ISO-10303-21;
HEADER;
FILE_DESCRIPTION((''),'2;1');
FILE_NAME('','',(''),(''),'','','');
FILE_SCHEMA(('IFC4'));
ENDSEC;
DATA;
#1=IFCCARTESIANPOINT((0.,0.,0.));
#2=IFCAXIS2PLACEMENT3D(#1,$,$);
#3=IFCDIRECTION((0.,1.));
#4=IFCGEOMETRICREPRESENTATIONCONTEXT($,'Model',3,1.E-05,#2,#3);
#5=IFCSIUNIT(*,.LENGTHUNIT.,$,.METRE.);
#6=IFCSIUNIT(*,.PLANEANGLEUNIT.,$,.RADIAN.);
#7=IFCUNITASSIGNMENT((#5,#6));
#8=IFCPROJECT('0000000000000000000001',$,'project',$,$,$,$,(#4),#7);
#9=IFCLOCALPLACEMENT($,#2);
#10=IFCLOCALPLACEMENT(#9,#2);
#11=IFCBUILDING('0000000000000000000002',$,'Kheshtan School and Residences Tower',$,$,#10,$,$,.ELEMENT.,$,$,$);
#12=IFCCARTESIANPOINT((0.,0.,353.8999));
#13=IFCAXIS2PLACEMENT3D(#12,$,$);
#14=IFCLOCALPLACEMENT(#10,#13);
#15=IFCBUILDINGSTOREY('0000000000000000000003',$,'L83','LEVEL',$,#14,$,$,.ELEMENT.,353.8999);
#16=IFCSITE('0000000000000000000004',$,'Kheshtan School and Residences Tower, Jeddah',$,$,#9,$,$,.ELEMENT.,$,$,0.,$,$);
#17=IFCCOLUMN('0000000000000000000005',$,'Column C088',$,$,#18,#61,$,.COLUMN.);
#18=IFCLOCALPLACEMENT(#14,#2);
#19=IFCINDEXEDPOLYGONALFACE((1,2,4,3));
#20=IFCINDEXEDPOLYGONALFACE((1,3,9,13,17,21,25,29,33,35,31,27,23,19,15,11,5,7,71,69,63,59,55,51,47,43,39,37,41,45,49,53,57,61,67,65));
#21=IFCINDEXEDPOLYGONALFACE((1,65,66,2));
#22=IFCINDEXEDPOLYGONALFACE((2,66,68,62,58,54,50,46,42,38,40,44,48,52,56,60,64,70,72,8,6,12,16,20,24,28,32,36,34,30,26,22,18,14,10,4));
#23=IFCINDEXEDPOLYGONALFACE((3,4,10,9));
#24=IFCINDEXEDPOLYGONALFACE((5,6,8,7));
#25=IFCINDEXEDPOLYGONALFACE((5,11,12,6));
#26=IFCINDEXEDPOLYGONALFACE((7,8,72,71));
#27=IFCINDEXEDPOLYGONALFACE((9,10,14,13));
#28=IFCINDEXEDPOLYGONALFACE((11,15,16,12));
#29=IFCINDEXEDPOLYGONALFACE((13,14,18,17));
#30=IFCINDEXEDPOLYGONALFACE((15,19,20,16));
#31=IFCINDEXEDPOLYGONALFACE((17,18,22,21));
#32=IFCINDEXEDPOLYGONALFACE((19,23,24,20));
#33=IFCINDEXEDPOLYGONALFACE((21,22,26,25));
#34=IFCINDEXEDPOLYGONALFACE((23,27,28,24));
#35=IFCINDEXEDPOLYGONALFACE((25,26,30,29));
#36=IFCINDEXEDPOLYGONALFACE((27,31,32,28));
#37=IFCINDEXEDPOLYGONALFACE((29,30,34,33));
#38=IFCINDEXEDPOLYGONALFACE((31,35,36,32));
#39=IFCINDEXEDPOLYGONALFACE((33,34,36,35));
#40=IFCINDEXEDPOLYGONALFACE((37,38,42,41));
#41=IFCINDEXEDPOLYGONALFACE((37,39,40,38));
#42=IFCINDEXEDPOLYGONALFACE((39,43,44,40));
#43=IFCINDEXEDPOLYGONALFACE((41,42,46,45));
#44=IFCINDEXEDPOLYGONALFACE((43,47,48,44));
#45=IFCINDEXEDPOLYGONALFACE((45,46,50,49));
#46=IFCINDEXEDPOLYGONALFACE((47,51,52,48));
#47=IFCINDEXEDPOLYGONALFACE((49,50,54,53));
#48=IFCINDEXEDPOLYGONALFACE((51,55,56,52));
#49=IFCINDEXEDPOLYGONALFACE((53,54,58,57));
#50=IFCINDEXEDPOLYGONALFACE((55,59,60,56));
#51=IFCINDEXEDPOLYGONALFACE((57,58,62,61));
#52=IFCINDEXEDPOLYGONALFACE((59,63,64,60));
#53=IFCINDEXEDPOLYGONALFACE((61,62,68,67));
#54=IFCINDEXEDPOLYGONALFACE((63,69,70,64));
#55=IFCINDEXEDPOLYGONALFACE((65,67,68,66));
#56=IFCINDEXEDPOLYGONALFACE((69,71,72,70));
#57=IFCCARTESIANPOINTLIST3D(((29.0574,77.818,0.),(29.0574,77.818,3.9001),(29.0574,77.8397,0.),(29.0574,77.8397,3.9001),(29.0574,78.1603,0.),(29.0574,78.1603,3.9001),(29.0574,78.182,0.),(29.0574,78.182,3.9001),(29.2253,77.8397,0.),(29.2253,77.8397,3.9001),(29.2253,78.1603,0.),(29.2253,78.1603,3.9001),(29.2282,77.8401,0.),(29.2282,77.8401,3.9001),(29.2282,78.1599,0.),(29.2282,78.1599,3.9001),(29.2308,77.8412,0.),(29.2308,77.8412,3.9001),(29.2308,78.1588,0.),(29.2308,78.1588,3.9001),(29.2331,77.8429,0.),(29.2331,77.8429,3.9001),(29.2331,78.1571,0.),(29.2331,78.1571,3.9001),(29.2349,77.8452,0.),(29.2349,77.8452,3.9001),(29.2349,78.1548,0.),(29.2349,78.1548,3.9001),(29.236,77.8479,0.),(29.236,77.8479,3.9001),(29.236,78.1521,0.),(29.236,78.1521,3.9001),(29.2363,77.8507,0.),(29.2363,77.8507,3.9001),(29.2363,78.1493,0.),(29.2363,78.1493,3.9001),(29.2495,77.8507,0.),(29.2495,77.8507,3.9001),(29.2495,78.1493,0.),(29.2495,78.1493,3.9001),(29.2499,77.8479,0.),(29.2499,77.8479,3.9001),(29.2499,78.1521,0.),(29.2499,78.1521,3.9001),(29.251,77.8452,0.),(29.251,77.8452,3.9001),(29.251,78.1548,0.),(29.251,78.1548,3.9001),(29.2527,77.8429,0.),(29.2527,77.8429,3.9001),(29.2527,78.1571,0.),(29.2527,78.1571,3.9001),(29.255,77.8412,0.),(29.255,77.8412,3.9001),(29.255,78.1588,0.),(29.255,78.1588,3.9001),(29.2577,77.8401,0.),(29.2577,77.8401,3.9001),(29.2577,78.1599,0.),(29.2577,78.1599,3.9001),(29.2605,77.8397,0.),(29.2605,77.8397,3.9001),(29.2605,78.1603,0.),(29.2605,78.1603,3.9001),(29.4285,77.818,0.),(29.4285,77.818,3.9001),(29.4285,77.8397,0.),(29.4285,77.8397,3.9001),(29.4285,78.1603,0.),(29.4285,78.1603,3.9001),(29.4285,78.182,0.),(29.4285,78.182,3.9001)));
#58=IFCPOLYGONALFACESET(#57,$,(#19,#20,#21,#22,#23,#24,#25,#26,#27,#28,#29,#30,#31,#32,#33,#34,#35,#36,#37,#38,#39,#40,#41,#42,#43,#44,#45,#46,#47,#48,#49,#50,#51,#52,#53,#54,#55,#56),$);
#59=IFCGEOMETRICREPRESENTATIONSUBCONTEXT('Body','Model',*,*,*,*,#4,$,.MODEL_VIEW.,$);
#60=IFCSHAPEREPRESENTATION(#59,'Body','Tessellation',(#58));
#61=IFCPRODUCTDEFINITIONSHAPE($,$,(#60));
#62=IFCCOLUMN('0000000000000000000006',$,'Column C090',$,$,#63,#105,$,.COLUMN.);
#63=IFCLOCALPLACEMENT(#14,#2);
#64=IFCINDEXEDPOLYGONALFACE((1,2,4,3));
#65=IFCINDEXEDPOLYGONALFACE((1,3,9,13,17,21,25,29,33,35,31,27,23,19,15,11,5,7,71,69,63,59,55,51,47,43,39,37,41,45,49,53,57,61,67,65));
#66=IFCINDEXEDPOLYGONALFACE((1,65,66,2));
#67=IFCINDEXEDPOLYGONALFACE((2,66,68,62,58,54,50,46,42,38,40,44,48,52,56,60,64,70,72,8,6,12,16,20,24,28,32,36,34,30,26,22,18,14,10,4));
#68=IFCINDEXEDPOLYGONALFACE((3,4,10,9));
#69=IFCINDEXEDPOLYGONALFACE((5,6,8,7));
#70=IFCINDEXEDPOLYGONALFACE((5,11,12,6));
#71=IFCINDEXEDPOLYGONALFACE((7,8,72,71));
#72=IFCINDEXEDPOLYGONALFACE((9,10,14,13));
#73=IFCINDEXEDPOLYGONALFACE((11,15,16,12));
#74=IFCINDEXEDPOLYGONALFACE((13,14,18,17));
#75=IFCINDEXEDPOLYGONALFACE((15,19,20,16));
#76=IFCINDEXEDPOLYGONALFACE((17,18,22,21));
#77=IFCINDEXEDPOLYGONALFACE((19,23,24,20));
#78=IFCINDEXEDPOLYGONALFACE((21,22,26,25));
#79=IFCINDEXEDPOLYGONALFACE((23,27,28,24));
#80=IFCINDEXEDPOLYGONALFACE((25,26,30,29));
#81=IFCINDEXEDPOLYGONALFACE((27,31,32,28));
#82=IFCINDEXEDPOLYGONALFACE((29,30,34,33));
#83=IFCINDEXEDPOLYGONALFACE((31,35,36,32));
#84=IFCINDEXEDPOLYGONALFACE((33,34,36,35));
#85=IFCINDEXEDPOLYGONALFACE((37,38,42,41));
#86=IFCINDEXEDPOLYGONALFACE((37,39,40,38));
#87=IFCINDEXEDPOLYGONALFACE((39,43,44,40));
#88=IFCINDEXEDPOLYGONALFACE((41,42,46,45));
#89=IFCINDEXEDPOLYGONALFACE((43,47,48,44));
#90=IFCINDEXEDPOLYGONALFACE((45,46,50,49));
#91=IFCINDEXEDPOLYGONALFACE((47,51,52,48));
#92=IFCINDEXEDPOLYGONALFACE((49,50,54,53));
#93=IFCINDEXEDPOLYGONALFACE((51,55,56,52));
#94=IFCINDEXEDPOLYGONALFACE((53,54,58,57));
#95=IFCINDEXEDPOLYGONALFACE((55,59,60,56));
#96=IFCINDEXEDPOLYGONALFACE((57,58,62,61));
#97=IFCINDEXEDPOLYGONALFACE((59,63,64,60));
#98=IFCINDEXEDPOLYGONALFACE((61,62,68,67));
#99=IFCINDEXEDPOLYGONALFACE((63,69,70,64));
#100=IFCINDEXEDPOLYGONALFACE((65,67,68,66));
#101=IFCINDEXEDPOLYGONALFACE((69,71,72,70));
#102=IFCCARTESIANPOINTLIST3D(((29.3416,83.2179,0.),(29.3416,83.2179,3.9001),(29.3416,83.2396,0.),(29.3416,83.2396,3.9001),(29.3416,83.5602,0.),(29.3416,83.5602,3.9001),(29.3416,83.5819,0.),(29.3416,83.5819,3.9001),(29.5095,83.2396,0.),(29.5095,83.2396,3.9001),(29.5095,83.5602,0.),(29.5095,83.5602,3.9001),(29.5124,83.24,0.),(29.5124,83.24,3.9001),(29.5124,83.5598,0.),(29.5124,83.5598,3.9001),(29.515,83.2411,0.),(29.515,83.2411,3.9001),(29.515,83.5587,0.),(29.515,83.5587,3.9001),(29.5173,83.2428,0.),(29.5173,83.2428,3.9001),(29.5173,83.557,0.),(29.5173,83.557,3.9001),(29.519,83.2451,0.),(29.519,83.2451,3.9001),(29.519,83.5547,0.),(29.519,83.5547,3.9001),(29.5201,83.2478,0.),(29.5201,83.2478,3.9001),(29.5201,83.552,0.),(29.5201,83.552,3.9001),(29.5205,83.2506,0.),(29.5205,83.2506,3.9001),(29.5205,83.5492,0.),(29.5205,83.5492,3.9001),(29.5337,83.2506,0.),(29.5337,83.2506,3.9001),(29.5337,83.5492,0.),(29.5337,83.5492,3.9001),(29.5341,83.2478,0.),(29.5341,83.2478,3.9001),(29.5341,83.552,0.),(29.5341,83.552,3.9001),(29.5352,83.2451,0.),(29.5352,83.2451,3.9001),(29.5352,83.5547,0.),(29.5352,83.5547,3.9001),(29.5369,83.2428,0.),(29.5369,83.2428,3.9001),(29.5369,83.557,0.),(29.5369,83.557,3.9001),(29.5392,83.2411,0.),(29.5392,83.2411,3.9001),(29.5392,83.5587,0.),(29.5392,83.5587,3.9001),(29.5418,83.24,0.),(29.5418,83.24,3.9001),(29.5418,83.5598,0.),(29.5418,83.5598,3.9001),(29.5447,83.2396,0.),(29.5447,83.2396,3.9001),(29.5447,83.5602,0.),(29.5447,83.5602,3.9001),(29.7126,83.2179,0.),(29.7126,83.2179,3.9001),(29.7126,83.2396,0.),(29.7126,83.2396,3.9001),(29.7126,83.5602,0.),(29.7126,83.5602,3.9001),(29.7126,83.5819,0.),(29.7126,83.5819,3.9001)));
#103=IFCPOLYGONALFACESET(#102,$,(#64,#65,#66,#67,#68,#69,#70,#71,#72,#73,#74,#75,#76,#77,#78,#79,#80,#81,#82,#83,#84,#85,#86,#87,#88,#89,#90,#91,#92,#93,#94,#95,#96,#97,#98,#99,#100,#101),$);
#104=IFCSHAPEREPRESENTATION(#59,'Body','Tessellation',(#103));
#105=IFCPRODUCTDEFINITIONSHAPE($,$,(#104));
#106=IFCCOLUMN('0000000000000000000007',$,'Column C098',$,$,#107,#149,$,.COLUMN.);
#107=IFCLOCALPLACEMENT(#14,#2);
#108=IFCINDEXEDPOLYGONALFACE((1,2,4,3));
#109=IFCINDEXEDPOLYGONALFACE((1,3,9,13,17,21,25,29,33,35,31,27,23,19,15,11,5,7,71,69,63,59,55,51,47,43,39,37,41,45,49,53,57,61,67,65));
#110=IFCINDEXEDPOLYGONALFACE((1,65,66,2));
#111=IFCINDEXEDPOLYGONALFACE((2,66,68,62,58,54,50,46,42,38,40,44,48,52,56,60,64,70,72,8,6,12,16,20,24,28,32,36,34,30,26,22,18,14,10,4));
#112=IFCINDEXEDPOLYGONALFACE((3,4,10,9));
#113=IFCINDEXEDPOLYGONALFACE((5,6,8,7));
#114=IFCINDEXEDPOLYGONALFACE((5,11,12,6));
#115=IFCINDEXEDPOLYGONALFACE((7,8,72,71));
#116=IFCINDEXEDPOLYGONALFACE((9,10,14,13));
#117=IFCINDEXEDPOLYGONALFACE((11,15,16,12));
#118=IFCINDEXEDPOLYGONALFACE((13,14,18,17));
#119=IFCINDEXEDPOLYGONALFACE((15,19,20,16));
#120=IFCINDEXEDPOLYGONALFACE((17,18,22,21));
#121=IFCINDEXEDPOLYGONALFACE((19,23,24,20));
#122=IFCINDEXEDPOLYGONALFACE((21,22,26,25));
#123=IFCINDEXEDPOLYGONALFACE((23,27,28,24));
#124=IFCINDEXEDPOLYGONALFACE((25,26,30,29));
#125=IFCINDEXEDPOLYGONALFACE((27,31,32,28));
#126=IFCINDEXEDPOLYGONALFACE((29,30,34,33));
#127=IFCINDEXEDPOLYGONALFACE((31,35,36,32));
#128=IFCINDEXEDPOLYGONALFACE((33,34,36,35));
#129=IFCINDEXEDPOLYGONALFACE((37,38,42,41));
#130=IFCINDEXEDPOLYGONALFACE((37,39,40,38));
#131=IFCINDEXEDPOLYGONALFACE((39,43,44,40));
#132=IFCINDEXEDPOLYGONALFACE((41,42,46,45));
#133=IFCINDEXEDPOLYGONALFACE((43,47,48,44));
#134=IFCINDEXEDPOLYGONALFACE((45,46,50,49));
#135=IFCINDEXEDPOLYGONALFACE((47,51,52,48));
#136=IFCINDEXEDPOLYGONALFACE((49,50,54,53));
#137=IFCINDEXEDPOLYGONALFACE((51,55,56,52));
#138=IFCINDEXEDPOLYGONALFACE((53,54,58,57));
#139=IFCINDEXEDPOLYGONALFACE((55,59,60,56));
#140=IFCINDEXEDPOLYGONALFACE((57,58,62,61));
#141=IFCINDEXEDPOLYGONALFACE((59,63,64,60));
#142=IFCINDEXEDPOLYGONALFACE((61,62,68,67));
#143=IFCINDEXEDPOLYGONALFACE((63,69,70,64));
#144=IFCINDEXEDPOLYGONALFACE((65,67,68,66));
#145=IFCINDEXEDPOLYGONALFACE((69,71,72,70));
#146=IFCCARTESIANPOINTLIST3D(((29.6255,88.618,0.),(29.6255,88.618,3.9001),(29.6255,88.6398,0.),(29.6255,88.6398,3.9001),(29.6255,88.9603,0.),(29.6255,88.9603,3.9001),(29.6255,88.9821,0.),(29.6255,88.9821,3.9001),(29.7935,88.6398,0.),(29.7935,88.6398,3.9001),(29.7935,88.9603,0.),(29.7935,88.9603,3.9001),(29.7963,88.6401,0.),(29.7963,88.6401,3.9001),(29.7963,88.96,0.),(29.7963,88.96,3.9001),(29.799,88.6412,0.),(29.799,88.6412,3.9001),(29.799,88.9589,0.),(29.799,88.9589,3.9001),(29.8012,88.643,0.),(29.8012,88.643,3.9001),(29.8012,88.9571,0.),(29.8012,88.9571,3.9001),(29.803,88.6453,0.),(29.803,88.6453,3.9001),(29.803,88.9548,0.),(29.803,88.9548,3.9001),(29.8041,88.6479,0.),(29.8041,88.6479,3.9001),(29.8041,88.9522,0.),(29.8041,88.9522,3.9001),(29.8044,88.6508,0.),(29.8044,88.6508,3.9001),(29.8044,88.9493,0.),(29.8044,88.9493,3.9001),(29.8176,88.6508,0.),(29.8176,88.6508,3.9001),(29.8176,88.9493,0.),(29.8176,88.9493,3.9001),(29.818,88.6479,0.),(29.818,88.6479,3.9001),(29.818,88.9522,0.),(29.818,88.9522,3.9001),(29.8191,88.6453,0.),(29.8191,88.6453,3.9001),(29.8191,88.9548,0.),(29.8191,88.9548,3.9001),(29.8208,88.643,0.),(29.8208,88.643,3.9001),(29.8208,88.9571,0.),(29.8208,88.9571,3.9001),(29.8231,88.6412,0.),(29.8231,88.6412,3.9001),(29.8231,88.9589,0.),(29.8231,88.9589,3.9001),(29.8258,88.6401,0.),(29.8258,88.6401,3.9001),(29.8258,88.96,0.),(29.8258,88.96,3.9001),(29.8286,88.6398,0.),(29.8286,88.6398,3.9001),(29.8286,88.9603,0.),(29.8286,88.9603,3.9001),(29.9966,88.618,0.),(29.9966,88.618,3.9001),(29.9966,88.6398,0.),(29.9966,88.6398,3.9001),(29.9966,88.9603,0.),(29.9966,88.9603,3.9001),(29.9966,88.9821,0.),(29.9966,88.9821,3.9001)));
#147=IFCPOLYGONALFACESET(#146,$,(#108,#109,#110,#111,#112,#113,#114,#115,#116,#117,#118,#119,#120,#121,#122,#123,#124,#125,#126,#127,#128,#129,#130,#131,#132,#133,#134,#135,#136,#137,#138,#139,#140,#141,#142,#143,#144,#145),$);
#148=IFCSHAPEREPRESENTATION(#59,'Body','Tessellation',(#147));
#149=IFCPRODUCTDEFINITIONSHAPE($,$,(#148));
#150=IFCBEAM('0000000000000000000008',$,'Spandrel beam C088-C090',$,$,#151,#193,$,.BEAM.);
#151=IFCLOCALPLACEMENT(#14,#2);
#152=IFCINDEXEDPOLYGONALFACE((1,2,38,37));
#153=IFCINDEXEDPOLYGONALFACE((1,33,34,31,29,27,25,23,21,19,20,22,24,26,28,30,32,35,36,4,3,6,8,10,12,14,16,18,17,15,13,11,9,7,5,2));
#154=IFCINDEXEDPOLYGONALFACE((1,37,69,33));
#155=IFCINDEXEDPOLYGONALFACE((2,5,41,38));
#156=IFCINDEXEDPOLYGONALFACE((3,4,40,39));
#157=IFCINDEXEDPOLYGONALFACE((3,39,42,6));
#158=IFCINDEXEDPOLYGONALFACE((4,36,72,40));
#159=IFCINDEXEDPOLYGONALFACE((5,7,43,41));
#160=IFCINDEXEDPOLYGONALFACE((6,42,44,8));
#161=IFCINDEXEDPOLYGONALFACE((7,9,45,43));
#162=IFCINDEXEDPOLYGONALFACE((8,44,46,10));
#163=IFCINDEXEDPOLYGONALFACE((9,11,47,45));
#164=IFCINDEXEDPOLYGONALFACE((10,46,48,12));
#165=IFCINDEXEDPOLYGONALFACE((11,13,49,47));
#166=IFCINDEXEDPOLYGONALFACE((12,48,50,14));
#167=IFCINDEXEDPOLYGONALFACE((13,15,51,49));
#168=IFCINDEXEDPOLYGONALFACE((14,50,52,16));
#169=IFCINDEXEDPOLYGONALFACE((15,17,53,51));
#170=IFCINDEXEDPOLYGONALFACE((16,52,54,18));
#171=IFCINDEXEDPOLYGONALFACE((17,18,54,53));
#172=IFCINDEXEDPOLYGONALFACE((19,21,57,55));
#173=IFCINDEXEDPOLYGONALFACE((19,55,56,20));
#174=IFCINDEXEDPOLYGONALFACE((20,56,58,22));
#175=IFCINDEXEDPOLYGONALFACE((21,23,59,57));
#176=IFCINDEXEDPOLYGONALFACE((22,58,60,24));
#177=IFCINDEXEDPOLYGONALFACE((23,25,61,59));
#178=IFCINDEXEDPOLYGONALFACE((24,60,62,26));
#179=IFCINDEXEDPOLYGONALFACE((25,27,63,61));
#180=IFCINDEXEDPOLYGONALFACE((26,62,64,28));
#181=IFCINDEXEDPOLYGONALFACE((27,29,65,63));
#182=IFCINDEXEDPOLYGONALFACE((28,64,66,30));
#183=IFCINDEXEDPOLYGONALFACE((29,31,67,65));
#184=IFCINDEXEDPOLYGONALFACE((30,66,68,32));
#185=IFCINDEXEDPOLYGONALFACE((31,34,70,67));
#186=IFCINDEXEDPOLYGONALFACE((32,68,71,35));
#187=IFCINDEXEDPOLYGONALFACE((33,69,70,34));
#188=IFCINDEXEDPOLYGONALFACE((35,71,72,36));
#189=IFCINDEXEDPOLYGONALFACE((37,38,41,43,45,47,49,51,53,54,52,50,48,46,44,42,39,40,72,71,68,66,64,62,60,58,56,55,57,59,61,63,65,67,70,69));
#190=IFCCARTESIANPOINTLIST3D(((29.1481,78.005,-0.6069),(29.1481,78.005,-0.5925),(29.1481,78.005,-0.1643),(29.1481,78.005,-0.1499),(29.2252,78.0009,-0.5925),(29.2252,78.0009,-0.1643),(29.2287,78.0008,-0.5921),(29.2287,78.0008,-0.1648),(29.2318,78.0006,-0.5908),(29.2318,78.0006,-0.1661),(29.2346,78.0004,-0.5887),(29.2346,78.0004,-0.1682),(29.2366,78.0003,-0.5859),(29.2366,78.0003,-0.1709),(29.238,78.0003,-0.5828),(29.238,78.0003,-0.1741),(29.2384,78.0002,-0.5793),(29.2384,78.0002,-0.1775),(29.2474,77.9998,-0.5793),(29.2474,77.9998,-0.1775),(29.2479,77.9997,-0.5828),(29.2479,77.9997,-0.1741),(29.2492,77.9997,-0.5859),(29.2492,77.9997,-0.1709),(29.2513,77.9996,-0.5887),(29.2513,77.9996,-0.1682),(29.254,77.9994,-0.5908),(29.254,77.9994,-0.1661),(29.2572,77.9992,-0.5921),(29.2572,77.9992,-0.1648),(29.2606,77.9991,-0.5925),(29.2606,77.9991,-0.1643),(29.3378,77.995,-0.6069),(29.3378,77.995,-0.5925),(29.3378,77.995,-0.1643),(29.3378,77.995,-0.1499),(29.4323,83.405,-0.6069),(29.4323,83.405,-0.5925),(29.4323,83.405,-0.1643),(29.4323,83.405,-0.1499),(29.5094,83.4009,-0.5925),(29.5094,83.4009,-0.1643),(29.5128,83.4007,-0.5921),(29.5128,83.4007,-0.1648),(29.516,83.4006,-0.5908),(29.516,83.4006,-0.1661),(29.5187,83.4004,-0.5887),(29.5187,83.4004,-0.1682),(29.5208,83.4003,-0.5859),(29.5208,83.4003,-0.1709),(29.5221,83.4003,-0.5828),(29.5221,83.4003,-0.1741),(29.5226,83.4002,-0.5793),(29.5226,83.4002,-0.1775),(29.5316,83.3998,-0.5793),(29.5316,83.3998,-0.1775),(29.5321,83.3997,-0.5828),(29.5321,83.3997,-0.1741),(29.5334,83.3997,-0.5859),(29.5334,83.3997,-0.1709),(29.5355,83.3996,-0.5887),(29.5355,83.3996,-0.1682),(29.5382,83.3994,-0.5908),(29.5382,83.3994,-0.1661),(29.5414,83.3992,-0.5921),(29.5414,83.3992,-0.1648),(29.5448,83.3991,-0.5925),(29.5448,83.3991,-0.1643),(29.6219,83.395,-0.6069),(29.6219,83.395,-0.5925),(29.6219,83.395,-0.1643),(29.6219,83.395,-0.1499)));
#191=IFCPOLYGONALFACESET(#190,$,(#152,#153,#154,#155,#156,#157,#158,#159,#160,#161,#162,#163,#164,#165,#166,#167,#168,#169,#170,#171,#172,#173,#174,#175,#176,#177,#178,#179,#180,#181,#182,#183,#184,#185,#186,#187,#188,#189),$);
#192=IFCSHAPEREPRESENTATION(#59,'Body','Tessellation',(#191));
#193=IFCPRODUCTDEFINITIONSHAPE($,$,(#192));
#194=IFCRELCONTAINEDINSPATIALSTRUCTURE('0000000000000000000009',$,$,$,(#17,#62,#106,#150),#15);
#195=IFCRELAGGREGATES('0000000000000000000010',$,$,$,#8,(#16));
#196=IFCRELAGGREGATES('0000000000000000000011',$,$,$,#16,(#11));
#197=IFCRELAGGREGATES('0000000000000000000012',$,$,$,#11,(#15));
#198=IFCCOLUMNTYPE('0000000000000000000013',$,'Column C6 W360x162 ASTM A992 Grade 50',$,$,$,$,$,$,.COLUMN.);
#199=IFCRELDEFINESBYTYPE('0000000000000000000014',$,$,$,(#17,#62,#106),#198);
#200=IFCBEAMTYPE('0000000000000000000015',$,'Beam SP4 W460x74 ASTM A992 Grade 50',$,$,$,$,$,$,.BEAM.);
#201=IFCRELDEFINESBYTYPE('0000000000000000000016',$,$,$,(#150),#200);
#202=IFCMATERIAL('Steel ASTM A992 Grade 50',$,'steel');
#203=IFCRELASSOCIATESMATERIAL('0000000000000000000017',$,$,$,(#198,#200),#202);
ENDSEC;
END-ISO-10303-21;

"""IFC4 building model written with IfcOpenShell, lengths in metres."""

from ifc_helpers import new_model, si_unit, direction, frame, origin, origin_2d, place, context, subcontext, project, spatial, i_section, extrude, material, material_profile, profile_set, type_object, element, save


model = new_model("IFC4")

# Units and contexts
model_context = context("Model", 3, precision=1e-05, world=origin(), true_north=direction((0.0, 1.0)))
body_context = subcontext(model_context, "Body", "Model", "MODEL_VIEW")
ifc_project = project(units=[si_unit("LENGTHUNIT", "METRE"), si_unit("PLANEANGLEUNIT", "RADIAN")], contexts=[model_context])

# Site, building, storey
site_placement = place(None, origin())
site = spatial("IfcSite", under=ifc_project, at=site_placement, Name="Kheshtan School and Residences Tower, Jeddah", CompositionType="ELEMENT", RefElevation=0.0)
building_placement = place(site_placement, origin())
building = spatial("IfcBuilding", under=site, at=building_placement, Name="Kheshtan School and Residences Tower", CompositionType="ELEMENT")
storey_placement = place(building_placement, frame((0.0, 0.0, 353.8999)))
storey = spatial("IfcBuildingStorey", under=building, at=storey_placement, Name="L83", Description="LEVEL", CompositionType="ELEMENT", Elevation=353.8999)

# Columns
ifc_material_1 = material(Name="Steel ASTM A992 Grade 50", Category="steel")
ifc_material_profile_1 = material_profile(ifc_material_1, i_section(OverallWidth=0.3711, OverallDepth=0.364, WebThickness=0.0132, FlangeThickness=0.0217, FilletRadius=0.011, at=origin_2d()), Name="W360x162")
ifc_profile_set_1 = profile_set([ifc_material_profile_1], Name="Steel ASTM A992 Grade 50")
column_type = type_object("IfcColumnType", Name="Column C6 W360x162 ASTM A992 Grade 50", PredefinedType="COLUMN", material=ifc_profile_set_1)
for number, where, z_axis, x_axis, name in (
    (1, (29.2429, 78.0, 0.0), (0.0, 0.0, 1.0), (1.0, 0.0, 0.0), "Column C088"),
    (2, (29.5271, 83.3999, 0.0), (0.0, 0.0, 1.0), (1.0, 0.0, 0.0), "Column C090"),
    (3, (29.811, 88.8, 0.0), (0.0, 0.0, 1.0), (1.0, 0.0, 0.0), "Column C098"),
):
    element("IfcColumn", number, at=place(storey_placement, frame(where, z_axis=z_axis, x_axis=x_axis)), inside=storey, type_object=column_type, Name=name, PredefinedType="COLUMN", context=body_context, shape_type="SweptSolid", body=[
        extrude(i_section(OverallWidth=0.3711, OverallDepth=0.364, WebThickness=0.0132, FlangeThickness=0.0217, FilletRadius=0.011, at=origin_2d()), origin(), (0.0, 0.0, 1.0), 3.9001),
    ])

# Beam
ifc_material_profile_2 = material_profile(ifc_material_1, i_section(OverallWidth=0.1899, OverallDepth=0.457, WebThickness=0.009, FlangeThickness=0.0144, FilletRadius=0.0132, at=origin_2d()), Name="W460x74")
ifc_profile_set_2 = profile_set([ifc_material_profile_2], Name="Steel ASTM A992 Grade 50")
beam_type_1 = type_object("IfcBeamType", Name="Beam SP4 W460x74 ASTM A992 Grade 50", PredefinedType="BEAM", material=ifc_profile_set_2)
beam_1_placement = place(storey_placement, frame((29.2429, 78.0, -0.3784), z_axis=(0.052554, 0.998618, 0.0), x_axis=(-0.998618, 0.052554, 0.0)))
element("IfcBeam", 4, at=beam_1_placement, inside=storey, type_object=beam_type_1, Name="Spandrel beam C088-C090", PredefinedType="BEAM", context=body_context, shape_type="SweptSolid", body=[
    extrude(i_section(OverallWidth=0.1899, OverallDepth=0.457, WebThickness=0.009, FlangeThickness=0.0144, FilletRadius=0.0132, at=origin_2d()), origin(), (0.0, 0.0, 1.0), 5.4075),
])

save(model, "model.ifc")
